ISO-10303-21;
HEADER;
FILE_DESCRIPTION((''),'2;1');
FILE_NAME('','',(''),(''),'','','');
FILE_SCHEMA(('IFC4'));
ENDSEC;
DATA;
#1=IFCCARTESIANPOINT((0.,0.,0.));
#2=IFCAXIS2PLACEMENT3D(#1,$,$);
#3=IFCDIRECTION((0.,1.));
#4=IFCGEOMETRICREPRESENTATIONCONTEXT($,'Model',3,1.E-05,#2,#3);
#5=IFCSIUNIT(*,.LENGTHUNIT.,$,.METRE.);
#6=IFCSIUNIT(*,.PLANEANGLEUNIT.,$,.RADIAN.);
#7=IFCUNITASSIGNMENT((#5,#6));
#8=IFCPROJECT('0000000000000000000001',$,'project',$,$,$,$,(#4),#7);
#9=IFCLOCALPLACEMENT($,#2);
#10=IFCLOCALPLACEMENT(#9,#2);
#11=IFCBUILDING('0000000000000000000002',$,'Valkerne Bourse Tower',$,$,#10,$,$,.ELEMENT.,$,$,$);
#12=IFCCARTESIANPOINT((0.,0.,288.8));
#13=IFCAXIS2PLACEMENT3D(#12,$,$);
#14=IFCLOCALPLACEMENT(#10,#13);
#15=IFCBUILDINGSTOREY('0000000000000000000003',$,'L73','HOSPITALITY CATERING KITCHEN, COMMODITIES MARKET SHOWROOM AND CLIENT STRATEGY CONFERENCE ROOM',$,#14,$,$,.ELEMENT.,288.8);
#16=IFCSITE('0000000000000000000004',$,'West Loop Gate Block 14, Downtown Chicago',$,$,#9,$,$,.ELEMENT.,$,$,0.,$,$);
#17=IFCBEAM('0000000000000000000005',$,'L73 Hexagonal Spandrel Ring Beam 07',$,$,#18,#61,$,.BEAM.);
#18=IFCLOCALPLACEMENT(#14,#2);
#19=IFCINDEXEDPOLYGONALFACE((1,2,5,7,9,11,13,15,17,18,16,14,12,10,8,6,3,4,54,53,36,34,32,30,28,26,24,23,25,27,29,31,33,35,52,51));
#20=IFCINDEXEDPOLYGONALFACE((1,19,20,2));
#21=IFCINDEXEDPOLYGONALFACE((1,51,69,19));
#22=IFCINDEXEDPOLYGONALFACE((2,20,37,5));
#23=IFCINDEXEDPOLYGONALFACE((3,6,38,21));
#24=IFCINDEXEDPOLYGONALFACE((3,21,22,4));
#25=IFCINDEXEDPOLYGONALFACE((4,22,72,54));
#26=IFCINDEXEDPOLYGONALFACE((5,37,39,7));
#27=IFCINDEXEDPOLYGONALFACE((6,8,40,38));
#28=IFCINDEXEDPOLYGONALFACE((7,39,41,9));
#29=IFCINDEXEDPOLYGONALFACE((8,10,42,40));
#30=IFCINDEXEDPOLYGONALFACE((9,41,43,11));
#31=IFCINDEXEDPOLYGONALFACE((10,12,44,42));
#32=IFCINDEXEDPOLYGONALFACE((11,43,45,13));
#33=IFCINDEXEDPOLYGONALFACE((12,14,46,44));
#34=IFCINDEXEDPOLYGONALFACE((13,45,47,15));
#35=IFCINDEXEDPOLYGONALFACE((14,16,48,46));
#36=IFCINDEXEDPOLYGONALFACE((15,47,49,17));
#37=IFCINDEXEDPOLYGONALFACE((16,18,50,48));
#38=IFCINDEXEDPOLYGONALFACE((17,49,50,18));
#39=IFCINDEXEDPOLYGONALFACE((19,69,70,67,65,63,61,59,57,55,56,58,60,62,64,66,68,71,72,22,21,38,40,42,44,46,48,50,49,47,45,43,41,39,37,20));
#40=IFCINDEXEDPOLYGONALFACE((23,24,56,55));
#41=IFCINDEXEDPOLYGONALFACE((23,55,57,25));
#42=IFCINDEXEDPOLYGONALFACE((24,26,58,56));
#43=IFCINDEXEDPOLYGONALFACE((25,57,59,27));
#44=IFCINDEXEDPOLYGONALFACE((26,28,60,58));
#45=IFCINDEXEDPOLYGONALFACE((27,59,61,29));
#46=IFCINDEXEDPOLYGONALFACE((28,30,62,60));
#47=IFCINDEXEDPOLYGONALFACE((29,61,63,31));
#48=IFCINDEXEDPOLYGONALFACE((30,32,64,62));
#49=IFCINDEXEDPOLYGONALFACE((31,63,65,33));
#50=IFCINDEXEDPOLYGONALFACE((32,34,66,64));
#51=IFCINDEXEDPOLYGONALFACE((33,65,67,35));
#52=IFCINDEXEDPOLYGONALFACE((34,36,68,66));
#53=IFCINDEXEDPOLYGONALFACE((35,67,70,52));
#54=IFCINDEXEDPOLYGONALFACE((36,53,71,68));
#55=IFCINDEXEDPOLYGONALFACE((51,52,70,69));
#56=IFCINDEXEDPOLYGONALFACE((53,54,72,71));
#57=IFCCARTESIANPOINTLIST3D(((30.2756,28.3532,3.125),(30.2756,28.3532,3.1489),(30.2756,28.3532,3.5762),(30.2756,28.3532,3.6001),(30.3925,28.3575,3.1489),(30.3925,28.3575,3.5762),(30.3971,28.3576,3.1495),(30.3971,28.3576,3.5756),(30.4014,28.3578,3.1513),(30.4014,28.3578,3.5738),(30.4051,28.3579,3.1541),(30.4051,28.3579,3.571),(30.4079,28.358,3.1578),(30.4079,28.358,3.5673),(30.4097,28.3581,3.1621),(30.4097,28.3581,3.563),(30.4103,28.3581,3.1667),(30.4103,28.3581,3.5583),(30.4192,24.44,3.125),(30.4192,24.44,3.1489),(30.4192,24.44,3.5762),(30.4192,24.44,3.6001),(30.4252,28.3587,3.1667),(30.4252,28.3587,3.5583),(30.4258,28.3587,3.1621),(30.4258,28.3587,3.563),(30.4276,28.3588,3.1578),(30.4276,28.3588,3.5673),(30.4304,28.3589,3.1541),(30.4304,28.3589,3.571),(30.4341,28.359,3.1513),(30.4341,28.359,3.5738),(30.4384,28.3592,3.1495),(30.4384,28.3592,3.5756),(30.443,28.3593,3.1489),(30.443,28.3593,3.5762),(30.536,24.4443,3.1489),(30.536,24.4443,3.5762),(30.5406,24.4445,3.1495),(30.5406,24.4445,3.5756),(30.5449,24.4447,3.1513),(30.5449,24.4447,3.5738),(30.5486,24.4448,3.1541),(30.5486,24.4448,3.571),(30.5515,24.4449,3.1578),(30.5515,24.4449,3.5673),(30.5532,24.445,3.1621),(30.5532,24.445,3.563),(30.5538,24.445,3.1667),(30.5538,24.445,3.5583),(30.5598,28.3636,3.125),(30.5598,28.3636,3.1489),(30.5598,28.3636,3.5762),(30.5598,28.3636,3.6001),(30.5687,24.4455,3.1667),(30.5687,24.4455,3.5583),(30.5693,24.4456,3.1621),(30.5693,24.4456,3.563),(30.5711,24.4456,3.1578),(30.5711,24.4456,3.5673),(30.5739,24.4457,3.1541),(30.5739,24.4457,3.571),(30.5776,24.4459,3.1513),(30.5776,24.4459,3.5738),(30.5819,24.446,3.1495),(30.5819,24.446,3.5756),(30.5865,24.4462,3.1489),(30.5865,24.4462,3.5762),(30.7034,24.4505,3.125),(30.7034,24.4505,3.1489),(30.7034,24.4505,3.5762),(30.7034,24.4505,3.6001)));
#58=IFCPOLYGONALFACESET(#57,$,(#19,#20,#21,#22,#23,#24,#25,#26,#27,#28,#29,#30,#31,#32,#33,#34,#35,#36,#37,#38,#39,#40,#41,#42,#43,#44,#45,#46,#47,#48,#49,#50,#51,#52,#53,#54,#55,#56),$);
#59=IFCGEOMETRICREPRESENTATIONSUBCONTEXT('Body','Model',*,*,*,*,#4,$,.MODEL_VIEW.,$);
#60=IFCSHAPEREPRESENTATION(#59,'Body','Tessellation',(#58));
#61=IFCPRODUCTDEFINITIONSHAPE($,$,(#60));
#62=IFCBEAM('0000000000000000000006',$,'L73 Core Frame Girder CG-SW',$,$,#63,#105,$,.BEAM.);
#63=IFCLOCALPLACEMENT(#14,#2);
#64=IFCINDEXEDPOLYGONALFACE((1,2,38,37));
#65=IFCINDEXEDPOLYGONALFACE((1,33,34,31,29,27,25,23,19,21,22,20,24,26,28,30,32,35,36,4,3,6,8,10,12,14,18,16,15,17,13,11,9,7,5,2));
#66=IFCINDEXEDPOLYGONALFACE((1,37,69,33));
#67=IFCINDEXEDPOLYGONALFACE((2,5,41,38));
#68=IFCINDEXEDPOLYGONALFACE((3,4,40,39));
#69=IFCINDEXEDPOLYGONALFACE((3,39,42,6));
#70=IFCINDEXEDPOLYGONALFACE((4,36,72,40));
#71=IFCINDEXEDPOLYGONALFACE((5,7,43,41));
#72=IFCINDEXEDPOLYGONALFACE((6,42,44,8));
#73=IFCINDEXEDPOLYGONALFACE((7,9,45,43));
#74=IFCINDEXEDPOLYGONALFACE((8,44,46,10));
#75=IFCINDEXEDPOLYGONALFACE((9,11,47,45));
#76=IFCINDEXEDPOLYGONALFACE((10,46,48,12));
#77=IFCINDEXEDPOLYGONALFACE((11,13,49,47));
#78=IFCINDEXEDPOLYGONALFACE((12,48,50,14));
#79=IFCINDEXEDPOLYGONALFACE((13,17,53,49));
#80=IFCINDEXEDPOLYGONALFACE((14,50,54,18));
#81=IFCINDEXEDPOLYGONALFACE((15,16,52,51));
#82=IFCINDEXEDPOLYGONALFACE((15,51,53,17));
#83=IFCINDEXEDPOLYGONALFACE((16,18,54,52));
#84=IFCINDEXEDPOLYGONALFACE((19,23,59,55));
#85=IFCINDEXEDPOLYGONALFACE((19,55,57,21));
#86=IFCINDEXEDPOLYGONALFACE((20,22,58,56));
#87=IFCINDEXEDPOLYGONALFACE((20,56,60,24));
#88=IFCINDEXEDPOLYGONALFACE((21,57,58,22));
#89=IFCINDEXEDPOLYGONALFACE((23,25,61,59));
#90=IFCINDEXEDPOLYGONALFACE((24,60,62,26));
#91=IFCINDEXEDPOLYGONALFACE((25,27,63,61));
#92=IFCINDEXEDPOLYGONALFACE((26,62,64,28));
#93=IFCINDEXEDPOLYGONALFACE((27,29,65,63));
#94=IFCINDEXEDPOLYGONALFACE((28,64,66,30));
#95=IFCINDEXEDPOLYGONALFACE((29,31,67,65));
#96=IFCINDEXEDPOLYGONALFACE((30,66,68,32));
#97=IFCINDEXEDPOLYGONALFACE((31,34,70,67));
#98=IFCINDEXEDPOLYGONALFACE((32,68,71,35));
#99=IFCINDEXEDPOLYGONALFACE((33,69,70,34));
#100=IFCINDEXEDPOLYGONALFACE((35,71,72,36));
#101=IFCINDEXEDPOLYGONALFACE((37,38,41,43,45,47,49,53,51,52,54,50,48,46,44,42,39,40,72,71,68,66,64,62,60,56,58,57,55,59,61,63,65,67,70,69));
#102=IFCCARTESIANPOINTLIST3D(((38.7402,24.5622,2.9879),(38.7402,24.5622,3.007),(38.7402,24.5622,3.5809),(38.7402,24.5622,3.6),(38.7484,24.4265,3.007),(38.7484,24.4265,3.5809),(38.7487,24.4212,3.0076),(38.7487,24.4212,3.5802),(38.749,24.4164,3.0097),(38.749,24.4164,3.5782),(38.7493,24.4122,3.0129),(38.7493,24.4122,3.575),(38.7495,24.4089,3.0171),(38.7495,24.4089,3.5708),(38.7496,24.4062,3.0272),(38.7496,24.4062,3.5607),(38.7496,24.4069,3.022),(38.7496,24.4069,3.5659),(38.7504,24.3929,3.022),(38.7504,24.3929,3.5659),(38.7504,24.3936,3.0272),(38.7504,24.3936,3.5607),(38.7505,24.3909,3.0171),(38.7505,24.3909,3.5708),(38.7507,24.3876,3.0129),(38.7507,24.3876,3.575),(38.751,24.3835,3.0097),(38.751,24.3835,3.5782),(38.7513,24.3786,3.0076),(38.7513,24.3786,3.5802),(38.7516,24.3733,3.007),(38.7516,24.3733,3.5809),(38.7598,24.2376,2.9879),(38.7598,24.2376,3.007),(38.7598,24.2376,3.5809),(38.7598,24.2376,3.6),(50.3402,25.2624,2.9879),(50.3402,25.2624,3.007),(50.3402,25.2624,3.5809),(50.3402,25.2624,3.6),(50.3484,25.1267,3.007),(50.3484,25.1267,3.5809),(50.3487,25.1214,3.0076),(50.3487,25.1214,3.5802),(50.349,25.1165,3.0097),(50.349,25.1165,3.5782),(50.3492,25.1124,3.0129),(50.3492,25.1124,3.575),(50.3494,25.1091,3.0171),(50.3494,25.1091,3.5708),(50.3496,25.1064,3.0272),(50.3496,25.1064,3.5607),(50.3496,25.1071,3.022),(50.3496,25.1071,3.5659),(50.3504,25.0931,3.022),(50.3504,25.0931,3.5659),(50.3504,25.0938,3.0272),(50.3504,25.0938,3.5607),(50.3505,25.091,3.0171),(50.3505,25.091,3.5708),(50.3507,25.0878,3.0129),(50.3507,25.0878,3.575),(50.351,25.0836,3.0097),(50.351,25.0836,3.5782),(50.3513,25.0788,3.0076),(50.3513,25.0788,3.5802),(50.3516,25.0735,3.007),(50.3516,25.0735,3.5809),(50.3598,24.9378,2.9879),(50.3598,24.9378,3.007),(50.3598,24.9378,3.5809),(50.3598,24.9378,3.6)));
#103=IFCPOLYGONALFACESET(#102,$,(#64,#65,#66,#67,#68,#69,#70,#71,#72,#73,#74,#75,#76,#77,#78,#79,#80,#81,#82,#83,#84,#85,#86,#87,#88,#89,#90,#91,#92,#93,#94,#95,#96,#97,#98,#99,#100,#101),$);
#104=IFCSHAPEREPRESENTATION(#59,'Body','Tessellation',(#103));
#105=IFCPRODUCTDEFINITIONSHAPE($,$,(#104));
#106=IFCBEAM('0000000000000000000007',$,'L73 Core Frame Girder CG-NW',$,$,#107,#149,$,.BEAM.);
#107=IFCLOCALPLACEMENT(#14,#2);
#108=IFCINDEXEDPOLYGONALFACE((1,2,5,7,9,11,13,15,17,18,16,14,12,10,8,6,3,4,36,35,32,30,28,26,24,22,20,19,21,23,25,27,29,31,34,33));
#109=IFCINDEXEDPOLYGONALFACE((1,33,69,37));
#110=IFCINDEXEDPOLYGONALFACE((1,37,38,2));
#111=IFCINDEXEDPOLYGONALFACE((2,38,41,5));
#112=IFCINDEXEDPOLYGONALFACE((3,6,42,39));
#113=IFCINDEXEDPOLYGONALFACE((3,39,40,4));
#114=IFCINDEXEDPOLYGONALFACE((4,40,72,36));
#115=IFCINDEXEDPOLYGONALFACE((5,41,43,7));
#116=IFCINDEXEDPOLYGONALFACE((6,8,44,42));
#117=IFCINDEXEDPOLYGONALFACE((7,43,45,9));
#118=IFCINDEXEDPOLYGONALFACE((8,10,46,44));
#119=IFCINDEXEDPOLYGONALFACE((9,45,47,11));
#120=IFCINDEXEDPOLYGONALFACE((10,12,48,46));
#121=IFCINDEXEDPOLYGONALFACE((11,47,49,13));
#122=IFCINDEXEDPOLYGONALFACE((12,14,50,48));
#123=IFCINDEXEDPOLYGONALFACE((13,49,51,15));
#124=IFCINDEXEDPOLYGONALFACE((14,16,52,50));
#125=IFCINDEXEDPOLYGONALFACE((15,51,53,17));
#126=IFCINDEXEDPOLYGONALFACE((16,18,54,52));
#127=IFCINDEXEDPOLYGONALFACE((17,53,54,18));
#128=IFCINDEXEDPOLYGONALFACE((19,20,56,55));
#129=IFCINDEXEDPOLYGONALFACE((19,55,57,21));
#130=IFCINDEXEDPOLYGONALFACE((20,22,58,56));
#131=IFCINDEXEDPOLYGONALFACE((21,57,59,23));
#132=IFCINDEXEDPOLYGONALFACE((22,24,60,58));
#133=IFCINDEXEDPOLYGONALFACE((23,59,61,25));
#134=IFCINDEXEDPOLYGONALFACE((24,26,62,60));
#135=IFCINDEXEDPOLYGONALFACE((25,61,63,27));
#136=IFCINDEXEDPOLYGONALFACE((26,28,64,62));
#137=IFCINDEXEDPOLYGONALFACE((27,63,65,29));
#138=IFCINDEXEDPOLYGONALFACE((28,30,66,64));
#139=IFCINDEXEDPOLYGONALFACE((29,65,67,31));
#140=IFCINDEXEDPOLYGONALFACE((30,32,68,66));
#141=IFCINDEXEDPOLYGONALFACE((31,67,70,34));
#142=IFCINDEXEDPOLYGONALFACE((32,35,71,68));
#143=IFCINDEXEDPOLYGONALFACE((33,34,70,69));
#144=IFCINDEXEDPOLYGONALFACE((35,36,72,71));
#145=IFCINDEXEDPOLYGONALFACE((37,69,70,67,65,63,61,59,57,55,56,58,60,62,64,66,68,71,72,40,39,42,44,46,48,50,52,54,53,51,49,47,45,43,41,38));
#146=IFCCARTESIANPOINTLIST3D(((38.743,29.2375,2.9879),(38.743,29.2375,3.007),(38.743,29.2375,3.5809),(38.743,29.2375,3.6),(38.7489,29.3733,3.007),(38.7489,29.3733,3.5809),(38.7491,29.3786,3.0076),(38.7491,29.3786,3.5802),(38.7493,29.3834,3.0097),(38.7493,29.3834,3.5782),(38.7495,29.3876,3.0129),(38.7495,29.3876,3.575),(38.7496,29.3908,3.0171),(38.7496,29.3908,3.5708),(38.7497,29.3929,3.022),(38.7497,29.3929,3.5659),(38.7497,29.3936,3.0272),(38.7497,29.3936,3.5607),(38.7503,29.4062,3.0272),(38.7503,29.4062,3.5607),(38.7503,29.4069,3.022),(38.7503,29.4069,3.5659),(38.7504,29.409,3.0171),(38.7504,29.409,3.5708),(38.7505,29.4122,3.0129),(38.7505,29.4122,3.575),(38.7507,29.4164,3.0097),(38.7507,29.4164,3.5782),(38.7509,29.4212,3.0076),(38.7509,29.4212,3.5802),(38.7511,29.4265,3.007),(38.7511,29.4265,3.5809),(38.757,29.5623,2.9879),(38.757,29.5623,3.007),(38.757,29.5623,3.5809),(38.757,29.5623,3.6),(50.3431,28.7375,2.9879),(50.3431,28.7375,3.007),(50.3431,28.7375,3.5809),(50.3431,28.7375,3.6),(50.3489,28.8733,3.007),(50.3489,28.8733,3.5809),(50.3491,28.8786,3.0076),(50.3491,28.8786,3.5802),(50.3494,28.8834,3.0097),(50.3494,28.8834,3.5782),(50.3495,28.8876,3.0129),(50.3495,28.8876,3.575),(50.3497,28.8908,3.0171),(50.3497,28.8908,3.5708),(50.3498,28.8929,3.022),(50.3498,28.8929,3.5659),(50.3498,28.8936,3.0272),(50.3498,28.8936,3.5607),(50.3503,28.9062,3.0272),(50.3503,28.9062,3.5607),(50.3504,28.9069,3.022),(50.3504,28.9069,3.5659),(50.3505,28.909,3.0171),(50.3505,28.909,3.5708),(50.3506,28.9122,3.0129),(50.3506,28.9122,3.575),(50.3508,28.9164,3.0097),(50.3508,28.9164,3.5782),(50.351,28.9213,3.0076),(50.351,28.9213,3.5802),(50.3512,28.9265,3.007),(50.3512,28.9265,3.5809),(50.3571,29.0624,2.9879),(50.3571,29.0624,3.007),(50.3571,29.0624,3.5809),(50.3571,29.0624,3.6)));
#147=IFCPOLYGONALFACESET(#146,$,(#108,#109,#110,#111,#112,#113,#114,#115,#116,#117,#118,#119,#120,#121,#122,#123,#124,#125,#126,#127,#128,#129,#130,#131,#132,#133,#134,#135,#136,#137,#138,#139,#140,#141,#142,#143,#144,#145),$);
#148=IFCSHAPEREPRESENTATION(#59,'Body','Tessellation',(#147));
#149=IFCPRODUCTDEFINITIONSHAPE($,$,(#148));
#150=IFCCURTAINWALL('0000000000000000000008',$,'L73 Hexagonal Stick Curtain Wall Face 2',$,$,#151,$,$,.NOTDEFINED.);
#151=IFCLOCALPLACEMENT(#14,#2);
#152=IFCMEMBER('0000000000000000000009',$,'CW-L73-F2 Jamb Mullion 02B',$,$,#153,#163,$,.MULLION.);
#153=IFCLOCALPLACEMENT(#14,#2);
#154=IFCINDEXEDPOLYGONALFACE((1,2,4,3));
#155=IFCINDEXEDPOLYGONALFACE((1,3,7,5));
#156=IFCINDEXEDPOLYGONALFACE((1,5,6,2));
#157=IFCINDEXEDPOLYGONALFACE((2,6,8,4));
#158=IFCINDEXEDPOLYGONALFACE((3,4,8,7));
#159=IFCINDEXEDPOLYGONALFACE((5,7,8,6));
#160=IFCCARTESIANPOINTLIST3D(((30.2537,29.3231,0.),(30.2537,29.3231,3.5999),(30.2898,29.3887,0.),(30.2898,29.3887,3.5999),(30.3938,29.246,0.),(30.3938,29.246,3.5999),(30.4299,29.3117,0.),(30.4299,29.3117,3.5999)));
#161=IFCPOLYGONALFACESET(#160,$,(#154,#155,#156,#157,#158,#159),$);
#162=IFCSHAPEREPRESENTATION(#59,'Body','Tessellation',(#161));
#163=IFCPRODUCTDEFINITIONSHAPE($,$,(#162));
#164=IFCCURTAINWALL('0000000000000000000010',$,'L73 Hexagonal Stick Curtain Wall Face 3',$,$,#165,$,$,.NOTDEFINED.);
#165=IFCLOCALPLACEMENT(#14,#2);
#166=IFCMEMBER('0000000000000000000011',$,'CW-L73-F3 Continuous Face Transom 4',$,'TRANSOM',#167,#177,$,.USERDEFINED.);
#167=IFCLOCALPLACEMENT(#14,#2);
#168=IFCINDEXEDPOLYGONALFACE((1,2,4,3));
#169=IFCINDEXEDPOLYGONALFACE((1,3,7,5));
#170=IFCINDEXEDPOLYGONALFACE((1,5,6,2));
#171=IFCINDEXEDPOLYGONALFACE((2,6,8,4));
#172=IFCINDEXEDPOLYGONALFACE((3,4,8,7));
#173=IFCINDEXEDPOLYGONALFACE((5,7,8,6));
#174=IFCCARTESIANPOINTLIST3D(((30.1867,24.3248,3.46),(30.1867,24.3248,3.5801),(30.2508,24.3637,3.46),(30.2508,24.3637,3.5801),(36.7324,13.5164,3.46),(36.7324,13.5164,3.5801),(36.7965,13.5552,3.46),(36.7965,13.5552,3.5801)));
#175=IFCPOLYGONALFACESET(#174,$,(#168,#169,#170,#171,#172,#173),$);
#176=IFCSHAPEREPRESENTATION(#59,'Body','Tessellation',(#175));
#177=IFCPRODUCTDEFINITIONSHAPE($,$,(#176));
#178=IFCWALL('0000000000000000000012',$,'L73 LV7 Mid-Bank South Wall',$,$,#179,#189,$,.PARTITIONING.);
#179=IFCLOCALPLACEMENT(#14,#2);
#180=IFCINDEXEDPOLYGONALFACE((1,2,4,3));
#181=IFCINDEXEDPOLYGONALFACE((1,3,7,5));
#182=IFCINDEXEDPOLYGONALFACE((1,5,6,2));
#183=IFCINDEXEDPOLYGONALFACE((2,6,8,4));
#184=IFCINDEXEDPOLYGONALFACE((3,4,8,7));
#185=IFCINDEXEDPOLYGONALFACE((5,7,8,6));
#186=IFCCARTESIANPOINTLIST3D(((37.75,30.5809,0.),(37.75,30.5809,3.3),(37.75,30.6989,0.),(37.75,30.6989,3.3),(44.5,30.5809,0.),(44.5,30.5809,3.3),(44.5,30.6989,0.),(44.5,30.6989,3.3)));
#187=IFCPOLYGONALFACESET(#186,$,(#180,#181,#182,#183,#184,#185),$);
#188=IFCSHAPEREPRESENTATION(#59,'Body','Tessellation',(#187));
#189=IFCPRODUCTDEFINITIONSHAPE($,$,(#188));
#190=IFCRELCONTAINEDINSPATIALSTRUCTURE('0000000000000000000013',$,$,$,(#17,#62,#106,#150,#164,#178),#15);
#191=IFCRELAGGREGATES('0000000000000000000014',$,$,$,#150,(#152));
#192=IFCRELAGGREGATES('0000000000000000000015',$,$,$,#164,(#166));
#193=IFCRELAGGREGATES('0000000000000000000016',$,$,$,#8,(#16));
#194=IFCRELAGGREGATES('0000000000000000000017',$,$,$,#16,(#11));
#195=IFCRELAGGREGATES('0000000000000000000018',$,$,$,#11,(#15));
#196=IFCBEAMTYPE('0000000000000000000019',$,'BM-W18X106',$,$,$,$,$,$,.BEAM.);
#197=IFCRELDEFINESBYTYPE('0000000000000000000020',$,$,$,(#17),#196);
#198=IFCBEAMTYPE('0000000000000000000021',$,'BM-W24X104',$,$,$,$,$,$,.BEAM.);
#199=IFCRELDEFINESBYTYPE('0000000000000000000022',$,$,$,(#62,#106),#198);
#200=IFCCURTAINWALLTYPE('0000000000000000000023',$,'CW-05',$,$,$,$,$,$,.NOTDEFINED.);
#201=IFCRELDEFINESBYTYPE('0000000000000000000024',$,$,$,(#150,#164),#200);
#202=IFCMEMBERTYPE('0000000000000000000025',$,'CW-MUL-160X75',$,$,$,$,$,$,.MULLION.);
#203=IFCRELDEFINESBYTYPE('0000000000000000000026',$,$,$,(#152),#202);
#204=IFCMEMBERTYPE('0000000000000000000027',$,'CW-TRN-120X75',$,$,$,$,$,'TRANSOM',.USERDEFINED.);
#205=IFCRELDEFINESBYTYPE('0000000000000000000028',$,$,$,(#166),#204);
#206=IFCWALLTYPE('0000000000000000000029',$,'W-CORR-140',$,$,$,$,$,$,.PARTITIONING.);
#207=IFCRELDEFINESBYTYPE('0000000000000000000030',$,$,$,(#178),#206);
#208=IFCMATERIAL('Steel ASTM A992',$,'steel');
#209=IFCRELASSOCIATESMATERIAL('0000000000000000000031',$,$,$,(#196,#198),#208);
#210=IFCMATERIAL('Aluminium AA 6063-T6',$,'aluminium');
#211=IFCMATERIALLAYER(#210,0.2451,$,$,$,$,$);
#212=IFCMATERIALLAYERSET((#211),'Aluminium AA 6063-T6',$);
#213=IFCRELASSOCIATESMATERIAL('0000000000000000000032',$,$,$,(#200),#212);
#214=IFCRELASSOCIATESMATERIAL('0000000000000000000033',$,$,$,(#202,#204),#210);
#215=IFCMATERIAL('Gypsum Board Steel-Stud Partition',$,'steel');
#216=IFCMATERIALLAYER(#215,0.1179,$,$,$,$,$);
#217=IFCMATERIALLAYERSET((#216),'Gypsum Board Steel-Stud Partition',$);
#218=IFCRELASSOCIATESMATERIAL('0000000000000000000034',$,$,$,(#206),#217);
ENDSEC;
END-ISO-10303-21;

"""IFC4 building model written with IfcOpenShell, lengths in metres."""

from ifc_helpers import new_model, si_unit, direction, frame, frame_2d, origin, origin_2d, place, context, subcontext, project, spatial, rectangle, i_section, extrude, material, layer, layer_set, material_profile, profile_set, type_object, element, aggregate, save


model = new_model("IFC4")

# Units and contexts
model_context = context("Model", 3, precision=1e-05, world=origin(), true_north=direction((0.0, 1.0)))
body_context = subcontext(model_context, "Body", "Model", "MODEL_VIEW")
ifc_project = project(units=[si_unit("LENGTHUNIT", "METRE"), si_unit("PLANEANGLEUNIT", "RADIAN")], contexts=[model_context])

# Site, building, storey
site_placement = place(None, origin())
site = spatial("IfcSite", under=ifc_project, at=site_placement, Name="West Loop Gate Block 14, Downtown Chicago", CompositionType="ELEMENT", RefElevation=0.0)
building_placement = place(site_placement, origin())
building = spatial("IfcBuilding", under=site, at=building_placement, Name="Valkerne Bourse Tower", CompositionType="ELEMENT")
storey_placement = place(building_placement, frame((0.0, 0.0, 288.8)))
storey = spatial("IfcBuildingStorey", under=building, at=storey_placement, Name="L73", Description="HOSPITALITY CATERING KITCHEN, COMMODITIES MARKET SHOWROOM AND CLIENT STRATEGY CONFERENCE ROOM", CompositionType="ELEMENT", Elevation=288.8)

# Beams
ifc_material_1 = material(Name="Steel ASTM A992", Category="steel")
ifc_material_profile_1 = material_profile(ifc_material_1, i_section(OverallWidth=0.2844, OverallDepth=0.4751, WebThickness=0.0149, FlangeThickness=0.0239, FilletRadius=0.0178, at=origin_2d()), Name="W18X106")
ifc_profile_set_1 = profile_set([ifc_material_profile_1], Name="Steel ASTM A992")
beam_type_1 = type_object("IfcBeamType", Name="BM-W18X106", PredefinedType="BEAM", material=ifc_profile_set_1)
beam_1_placement = place(storey_placement, frame((30.4177, 28.3584, 3.3625), z_axis=(0.036661, -0.999328, 0.0), x_axis=(0.999328, 0.036661, 0.0)))
element("IfcBeam", 1, at=beam_1_placement, inside=storey, type_object=beam_type_1, Name="L73 Hexagonal Spandrel Ring Beam 07", PredefinedType="BEAM", context=body_context, shape_type="SweptSolid", body=[
    extrude(i_section(OverallWidth=0.2844, OverallDepth=0.4751, WebThickness=0.0149, FlangeThickness=0.0239, FilletRadius=0.0178, at=origin_2d()), origin(), (0.0, 0.0, 1.0), 3.9158),
])
ifc_material_profile_2 = material_profile(ifc_material_1, i_section(OverallWidth=0.3252, OverallDepth=0.6121, WebThickness=0.0127, FlangeThickness=0.019, FilletRadius=0.0203, at=origin_2d()), Name="W24X104")
ifc_profile_set_2 = profile_set([ifc_material_profile_2], Name="Steel ASTM A992")
beam_type_2 = type_object("IfcBeamType", Name="BM-W24X104", PredefinedType="BEAM", material=ifc_profile_set_2)
beam_2_placement = place(storey_placement, frame((38.75, 24.3999, 3.2939), z_axis=(0.998183, 0.060251, 0.0), x_axis=(-0.060251, 0.998183, 0.0)))
element("IfcBeam", 2, at=beam_2_placement, inside=storey, type_object=beam_type_2, Name="L73 Core Frame Girder CG-SW", PredefinedType="BEAM", context=body_context, shape_type="SweptSolid", body=[
    extrude(i_section(OverallWidth=0.3252, OverallDepth=0.6121, WebThickness=0.0127, FlangeThickness=0.019, FilletRadius=0.0203, at=origin_2d()), origin(), (0.0, 0.0, 1.0), 11.6211),
])
beam_3_placement = place(storey_placement, frame((38.75, 29.3999, 3.2939), z_axis=(0.999072, -0.043063, 0.0), x_axis=(0.043063, 0.999072, 0.0)))
element("IfcBeam", 3, at=beam_3_placement, inside=storey, type_object=beam_type_2, Name="L73 Core Frame Girder CG-NW", PredefinedType="BEAM", context=body_context, shape_type="SweptSolid", body=[
    extrude(i_section(OverallWidth=0.3252, OverallDepth=0.6121, WebThickness=0.0127, FlangeThickness=0.019, FilletRadius=0.0203, at=origin_2d()), origin(), (0.0, 0.0, 1.0), 11.6108),
])

# Curtain walls, members
ifc_material_2 = material(Name="Aluminium AA 6063-T6", Category="aluminium")
ifc_layer_1 = layer(ifc_material_2, 0.2451)
ifc_layer_set_1 = layer_set([ifc_layer_1], Name="Aluminium AA 6063-T6")
curtain_wall_type = type_object("IfcCurtainWallType", Name="CW-05", PredefinedType="NOTDEFINED", material=ifc_layer_set_1)
curtain_wall_1_placement = place(storey_placement, origin())
curtain_wall_1 = element("IfcCurtainWall", 4, at=curtain_wall_1_placement, inside=storey, type_object=curtain_wall_type, Name="L73 Hexagonal Stick Curtain Wall Face 2", PredefinedType="NOTDEFINED")
ifc_material_profile_3 = material_profile(ifc_material_2, rectangle(XDim=0.075, YDim=0.1599, at=origin_2d()), Name="CWM-75X160")
ifc_profile_set_3 = profile_set([ifc_material_profile_3], Name="Aluminium AA 6063-T6")
member_type_1 = type_object("IfcMemberType", Name="CW-MUL-160X75", PredefinedType="MULLION", material=ifc_profile_set_3)
member_1_placement = place(storey_placement, frame((30.3418, 29.3174, 0.0), z_axis=(0.0, 0.0, 1.0), x_axis=(-0.481764, -0.876301, 0.0)))
member_1 = element("IfcMember", 5, at=member_1_placement, type_object=member_type_1, Name="CW-L73-F2 Jamb Mullion 02B", PredefinedType="MULLION", context=body_context, shape_type="SweptSolid", body=[
    extrude(rectangle(XDim=0.075, YDim=0.1599, at=origin_2d()), origin(), (0.0, 0.0, 1.0), 3.5999),
])
aggregate(curtain_wall_1, [member_1])
curtain_wall_2_placement = place(storey_placement, origin())
curtain_wall_2 = element("IfcCurtainWall", 6, at=curtain_wall_2_placement, inside=storey, type_object=curtain_wall_type, Name="L73 Hexagonal Stick Curtain Wall Face 3", PredefinedType="NOTDEFINED")
ifc_material_profile_4 = material_profile(ifc_material_2, rectangle(XDim=0.075, YDim=0.1201, at=origin_2d()), Name="CWT-75X120")
ifc_profile_set_4 = profile_set([ifc_material_profile_4], Name="Aluminium AA 6063-T6")
member_type_2 = type_object("IfcMemberType", Name="CW-TRN-120X75", ElementType="TRANSOM", PredefinedType="USERDEFINED", material=ifc_profile_set_4)
member_2_placement = place(storey_placement, frame((30.2188, 24.3442, 3.52), z_axis=(0.51802, -0.855368, 0.0), x_axis=(0.855368, 0.51802, 0.0)))
member_2 = element("IfcMember", 7, at=member_2_placement, type_object=member_type_2, Name="CW-L73-F3 Continuous Face Transom 4", ObjectType="TRANSOM", PredefinedType="USERDEFINED", context=body_context, shape_type="SweptSolid", body=[
    extrude(rectangle(XDim=0.075, YDim=0.1201, at=origin_2d()), origin(), (0.0, 0.0, 1.0), 12.636),
])
aggregate(curtain_wall_2, [member_2])

# Wall
ifc_material_3 = material(Name="Gypsum Board Steel-Stud Partition", Category="steel")
ifc_layer_2 = layer(ifc_material_3, 0.1179)
ifc_layer_set_2 = layer_set([ifc_layer_2], Name="Gypsum Board Steel-Stud Partition")
wall_type_1 = type_object("IfcWallType", Name="W-CORR-140", PredefinedType="PARTITIONING", material=ifc_layer_set_2)
wall_1_placement = place(storey_placement, frame((37.75, 30.6399, 0.0), z_axis=(0.0, 0.0, 1.0), x_axis=(1.0, 0.0, 0.0)))
element("IfcWall", 8, at=wall_1_placement, inside=storey, type_object=wall_type_1, Name="L73 LV7 Mid-Bank South Wall", PredefinedType="PARTITIONING", context=body_context, shape_type="SweptSolid", body=[
    extrude(rectangle(XDim=6.75, YDim=0.1179, at=frame_2d((3.375, 0.0))), origin(), (0.0, 0.0, 1.0), 3.3),
])

save(model, "model.ifc")
